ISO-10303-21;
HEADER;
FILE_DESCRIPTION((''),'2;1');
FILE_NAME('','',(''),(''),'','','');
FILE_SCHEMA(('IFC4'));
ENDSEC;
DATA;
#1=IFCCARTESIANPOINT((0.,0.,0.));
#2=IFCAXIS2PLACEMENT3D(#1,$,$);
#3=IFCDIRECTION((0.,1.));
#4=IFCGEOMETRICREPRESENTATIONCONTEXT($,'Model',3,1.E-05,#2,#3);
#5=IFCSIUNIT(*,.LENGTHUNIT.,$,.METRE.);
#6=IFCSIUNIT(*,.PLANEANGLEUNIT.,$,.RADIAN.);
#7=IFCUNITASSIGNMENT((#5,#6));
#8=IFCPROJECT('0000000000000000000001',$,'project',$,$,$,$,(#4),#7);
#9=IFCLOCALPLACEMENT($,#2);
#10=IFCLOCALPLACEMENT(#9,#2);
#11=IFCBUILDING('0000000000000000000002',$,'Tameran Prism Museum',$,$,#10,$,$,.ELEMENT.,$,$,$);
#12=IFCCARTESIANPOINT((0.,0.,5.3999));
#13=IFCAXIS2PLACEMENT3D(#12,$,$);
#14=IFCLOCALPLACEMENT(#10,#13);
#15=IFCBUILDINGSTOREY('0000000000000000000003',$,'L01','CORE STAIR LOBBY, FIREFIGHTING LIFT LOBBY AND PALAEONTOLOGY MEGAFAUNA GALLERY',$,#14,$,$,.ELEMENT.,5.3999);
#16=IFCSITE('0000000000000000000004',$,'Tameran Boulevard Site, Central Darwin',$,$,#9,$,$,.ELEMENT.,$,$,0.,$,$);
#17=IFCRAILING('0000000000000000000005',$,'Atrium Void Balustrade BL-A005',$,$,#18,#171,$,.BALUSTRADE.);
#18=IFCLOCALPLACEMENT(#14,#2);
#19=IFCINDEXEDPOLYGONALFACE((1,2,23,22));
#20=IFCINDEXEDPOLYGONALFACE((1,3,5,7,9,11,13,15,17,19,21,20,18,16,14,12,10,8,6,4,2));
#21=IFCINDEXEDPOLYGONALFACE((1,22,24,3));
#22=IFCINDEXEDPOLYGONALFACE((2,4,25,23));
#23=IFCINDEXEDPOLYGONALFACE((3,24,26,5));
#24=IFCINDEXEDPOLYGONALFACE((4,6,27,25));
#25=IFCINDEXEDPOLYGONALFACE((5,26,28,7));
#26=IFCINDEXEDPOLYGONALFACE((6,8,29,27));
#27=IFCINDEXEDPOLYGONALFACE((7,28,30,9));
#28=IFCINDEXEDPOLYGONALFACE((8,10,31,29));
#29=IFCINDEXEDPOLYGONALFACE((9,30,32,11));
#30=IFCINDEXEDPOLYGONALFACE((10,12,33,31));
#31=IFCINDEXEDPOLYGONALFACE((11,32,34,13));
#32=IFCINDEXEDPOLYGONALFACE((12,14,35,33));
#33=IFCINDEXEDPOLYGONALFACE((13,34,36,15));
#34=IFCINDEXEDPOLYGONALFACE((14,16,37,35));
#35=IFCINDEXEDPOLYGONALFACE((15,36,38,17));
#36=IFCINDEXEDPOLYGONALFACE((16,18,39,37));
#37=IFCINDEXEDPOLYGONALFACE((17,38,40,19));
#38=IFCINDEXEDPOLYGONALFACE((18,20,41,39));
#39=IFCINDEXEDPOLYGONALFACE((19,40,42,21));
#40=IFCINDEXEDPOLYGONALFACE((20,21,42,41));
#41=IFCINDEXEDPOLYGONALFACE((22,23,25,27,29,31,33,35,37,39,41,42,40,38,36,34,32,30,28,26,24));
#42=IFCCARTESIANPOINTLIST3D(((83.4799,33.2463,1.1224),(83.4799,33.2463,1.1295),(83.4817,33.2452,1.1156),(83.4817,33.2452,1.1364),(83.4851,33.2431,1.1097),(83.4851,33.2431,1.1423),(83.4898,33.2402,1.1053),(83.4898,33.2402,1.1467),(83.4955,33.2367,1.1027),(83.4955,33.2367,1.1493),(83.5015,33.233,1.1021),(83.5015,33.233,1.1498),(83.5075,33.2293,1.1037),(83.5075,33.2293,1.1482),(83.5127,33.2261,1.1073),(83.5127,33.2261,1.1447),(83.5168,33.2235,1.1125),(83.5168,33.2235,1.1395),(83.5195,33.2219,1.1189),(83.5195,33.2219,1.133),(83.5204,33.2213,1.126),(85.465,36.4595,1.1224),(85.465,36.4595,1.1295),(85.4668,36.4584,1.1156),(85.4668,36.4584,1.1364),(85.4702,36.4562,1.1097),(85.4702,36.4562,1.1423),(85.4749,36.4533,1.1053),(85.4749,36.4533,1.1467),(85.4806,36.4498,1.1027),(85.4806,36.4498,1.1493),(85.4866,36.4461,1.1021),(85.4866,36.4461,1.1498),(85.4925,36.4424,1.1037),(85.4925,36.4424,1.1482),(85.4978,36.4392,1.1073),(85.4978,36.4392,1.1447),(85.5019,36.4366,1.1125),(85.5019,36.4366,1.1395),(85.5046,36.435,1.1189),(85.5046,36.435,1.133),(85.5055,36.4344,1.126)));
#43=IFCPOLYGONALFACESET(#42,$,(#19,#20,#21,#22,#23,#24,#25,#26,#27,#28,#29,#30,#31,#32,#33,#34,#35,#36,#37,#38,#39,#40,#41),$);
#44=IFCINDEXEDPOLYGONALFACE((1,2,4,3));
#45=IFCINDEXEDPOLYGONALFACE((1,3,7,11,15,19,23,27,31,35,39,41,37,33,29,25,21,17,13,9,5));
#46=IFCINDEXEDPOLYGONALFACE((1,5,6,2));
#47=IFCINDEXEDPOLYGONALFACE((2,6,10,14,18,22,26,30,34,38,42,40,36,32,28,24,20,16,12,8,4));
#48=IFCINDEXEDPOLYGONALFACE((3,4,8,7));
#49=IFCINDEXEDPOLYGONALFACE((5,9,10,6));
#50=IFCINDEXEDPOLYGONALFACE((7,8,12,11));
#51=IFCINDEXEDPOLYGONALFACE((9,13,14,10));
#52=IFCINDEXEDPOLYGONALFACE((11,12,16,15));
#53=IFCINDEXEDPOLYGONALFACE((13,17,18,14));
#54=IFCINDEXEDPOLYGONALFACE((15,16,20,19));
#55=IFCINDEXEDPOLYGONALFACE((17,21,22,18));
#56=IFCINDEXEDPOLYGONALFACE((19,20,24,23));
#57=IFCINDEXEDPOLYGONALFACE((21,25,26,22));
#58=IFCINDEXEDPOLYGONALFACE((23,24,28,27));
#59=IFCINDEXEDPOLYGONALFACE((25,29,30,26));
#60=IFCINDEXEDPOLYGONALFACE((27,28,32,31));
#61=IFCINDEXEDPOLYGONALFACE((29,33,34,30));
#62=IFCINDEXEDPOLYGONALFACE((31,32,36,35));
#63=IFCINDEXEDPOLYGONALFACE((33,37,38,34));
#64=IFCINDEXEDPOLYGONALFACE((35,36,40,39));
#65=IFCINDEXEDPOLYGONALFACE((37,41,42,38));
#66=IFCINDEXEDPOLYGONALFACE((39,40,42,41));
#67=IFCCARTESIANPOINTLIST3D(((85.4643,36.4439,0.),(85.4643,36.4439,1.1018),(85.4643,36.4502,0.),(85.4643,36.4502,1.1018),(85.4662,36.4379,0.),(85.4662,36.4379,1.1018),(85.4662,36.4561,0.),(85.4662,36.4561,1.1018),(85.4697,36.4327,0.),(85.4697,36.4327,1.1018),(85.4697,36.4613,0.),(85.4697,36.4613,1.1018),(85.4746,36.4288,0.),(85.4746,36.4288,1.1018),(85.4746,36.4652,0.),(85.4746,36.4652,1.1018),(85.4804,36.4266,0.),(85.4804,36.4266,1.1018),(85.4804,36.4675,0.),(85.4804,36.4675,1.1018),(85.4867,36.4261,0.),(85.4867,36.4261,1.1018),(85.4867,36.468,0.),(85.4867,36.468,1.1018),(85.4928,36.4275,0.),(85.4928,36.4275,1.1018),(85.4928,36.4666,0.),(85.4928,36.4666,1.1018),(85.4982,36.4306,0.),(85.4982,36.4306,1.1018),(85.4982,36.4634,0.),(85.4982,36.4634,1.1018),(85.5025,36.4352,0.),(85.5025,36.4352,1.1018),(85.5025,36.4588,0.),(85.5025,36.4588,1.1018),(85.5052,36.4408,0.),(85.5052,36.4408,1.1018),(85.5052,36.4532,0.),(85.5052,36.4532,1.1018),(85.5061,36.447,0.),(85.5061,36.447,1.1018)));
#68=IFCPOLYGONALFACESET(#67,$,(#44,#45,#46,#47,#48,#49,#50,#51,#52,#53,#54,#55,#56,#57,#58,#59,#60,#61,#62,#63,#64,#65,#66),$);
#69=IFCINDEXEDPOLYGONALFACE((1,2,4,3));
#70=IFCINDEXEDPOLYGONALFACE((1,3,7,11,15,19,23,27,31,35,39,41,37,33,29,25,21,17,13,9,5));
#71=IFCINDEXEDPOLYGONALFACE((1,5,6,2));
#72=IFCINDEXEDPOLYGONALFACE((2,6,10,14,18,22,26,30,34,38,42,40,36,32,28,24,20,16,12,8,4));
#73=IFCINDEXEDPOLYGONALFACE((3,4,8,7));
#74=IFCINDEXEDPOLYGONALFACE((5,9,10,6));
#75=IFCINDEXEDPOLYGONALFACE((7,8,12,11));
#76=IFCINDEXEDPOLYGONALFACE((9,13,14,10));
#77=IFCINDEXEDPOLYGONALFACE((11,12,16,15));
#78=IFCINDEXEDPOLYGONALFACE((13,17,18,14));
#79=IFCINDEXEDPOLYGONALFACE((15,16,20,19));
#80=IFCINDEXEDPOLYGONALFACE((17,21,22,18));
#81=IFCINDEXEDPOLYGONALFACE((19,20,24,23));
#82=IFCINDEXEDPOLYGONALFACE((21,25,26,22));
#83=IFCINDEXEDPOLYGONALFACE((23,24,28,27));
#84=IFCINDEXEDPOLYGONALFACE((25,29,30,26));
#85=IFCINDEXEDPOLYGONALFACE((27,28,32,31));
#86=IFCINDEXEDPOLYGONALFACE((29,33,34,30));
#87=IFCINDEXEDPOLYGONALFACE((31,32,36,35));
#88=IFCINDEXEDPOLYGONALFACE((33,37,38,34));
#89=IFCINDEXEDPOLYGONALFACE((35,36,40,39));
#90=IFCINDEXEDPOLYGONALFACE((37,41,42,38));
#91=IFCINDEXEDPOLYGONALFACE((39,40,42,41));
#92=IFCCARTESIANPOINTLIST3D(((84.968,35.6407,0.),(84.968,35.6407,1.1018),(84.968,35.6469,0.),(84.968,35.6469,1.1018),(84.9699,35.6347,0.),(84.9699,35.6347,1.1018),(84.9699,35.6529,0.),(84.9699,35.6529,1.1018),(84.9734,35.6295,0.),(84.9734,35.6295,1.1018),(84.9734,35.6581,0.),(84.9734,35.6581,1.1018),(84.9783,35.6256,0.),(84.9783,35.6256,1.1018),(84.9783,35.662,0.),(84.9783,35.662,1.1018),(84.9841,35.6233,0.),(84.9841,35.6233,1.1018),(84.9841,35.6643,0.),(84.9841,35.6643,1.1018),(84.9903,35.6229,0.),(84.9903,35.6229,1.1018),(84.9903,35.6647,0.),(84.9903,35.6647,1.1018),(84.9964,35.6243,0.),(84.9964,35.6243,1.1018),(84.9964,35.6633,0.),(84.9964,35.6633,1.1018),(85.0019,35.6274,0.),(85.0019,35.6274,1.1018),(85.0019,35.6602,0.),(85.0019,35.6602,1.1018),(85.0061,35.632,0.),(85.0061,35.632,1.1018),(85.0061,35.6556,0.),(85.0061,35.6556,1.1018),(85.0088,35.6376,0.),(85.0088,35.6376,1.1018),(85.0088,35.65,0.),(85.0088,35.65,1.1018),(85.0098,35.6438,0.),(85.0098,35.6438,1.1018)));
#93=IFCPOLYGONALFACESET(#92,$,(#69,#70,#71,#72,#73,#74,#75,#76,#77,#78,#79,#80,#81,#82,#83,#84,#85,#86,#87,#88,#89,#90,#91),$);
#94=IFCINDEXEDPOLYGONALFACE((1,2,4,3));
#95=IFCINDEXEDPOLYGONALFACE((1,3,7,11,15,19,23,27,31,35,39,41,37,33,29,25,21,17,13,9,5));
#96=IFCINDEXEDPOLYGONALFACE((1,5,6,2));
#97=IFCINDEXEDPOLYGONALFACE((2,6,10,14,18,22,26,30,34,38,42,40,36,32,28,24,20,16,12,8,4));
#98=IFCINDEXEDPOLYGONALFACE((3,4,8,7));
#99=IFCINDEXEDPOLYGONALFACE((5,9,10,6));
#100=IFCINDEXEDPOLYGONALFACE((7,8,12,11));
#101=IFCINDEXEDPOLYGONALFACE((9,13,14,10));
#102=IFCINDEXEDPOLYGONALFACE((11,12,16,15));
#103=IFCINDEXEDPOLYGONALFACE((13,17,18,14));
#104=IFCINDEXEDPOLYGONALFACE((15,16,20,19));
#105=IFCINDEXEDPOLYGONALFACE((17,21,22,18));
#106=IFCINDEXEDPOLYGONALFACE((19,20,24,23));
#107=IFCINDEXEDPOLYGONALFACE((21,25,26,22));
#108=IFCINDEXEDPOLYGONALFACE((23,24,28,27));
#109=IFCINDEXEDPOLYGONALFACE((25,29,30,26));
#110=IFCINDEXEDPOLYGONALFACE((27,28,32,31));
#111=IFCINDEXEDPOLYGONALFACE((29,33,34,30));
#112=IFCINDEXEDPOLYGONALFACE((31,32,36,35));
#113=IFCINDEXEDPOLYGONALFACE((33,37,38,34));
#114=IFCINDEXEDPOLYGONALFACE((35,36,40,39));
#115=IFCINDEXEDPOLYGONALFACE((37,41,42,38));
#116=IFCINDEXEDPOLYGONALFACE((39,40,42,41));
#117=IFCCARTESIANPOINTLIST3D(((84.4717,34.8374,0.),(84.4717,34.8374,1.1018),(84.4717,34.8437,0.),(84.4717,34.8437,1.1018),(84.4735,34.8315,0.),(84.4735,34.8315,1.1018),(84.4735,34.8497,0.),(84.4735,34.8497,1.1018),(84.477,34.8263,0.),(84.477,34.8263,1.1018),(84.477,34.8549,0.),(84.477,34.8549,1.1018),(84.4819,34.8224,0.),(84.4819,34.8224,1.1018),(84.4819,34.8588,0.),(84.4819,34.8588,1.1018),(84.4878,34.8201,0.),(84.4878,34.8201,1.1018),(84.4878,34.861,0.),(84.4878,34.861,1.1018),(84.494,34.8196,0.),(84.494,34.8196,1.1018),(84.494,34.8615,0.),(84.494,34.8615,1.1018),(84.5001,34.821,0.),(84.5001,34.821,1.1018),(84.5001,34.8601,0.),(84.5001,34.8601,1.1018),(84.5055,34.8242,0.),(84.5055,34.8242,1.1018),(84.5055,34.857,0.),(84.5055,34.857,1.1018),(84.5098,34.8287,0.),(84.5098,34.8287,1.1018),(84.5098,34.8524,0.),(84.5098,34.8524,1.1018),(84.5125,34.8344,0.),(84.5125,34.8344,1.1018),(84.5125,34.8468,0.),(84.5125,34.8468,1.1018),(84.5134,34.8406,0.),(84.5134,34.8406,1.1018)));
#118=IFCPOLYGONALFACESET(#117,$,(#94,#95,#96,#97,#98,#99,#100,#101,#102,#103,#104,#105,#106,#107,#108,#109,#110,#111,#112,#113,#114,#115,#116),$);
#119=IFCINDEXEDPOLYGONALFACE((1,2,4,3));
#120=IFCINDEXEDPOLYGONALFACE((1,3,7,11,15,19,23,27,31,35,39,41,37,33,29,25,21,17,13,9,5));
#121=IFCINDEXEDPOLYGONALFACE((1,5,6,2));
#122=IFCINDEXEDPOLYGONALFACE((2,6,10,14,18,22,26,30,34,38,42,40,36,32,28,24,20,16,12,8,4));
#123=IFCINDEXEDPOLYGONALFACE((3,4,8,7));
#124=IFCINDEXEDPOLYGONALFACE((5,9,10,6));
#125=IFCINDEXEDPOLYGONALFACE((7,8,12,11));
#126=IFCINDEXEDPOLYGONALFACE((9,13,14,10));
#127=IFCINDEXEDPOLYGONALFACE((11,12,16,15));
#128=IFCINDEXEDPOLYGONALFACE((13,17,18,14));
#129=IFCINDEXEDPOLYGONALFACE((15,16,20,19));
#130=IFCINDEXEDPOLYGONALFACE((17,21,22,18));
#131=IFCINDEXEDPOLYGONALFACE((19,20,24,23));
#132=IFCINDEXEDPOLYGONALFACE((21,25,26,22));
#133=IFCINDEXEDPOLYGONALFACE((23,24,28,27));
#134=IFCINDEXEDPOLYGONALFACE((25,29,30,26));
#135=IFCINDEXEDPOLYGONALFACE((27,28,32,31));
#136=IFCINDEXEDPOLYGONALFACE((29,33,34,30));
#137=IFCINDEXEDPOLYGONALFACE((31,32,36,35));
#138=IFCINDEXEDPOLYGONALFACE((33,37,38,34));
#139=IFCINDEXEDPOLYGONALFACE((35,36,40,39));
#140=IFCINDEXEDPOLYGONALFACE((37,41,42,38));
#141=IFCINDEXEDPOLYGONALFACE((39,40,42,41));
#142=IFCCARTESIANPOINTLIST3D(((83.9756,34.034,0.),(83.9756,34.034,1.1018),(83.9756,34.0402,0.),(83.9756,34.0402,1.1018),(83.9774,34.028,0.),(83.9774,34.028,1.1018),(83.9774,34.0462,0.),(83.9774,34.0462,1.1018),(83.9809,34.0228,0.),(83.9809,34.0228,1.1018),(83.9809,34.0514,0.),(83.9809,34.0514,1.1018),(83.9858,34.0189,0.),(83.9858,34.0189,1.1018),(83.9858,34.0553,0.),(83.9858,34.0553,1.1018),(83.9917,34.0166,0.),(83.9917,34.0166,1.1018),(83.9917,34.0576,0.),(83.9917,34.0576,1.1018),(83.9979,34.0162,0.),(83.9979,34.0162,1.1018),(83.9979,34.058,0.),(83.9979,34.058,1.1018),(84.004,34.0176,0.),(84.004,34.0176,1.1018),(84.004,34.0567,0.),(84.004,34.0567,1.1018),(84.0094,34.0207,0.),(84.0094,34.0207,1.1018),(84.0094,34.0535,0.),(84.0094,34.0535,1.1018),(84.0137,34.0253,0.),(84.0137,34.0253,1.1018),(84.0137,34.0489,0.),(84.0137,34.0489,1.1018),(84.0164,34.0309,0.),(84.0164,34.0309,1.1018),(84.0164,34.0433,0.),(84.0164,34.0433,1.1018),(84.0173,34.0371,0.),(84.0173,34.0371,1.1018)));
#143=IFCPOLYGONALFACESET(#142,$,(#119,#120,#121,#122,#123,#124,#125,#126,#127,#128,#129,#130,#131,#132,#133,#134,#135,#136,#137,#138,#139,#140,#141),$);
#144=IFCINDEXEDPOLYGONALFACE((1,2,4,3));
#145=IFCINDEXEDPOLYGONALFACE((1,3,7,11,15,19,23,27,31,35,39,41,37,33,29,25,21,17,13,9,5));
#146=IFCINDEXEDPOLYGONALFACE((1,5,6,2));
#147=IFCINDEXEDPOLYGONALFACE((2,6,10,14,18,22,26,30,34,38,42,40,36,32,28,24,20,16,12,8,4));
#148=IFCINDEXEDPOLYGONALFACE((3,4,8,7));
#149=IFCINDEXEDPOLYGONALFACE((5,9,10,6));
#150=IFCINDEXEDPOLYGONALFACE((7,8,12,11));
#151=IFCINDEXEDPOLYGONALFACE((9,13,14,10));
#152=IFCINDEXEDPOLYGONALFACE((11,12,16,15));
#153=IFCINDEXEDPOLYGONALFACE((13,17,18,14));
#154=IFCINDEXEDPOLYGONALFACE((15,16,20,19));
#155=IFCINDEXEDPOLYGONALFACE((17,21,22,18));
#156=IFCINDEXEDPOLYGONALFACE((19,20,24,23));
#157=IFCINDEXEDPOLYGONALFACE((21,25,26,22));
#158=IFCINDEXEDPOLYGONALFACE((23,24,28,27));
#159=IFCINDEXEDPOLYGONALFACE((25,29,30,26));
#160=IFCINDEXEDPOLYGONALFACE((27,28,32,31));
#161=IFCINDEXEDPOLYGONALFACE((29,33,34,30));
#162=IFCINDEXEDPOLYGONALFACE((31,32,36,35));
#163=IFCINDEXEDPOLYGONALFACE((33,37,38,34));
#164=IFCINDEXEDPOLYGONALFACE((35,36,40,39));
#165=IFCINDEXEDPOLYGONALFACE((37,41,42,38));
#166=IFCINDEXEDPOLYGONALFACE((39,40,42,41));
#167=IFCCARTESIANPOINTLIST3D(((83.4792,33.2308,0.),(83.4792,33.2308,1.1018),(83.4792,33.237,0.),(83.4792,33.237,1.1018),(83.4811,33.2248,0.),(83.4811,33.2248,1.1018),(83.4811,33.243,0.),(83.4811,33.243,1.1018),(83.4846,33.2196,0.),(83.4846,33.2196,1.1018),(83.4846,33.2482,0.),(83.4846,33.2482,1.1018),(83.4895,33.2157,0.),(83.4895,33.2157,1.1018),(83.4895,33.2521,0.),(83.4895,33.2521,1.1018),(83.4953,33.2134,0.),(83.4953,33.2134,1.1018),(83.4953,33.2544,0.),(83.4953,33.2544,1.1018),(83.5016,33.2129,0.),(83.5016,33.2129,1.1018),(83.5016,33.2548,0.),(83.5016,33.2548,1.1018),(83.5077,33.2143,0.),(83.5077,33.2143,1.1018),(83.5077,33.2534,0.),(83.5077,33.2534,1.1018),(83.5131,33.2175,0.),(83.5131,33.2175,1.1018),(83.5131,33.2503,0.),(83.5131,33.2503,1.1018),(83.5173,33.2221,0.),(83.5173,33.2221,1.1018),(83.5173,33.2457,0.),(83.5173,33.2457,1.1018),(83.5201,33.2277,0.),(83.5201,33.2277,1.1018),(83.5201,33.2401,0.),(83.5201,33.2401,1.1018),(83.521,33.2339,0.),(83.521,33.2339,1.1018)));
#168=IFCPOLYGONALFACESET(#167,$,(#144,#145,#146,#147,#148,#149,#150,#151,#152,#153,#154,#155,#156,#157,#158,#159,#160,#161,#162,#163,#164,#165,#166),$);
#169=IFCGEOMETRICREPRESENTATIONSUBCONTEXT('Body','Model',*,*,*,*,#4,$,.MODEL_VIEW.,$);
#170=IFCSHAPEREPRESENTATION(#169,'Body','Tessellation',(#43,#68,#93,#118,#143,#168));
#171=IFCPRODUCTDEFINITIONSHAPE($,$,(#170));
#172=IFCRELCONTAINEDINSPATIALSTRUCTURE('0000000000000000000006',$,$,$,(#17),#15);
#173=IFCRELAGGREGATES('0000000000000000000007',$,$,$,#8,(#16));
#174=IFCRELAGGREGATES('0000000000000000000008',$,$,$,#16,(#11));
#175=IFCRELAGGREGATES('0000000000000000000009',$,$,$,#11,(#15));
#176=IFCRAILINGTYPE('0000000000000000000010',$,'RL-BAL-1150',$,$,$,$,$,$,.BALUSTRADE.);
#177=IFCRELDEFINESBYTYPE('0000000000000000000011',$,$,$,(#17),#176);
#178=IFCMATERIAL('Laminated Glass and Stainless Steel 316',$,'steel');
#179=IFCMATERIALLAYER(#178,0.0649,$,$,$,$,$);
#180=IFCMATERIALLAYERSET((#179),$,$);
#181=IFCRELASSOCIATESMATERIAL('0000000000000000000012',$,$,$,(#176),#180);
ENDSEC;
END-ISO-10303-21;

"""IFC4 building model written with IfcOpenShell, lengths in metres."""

from ifc_helpers import new_model, si_unit, direction, frame, origin, origin_2d, place, context, subcontext, project, spatial, circle, extrude, material, layer, layer_set, type_object, element, save


model = new_model("IFC4")

# Units and contexts
model_context = context("Model", 3, precision=1e-05, world=origin(), true_north=direction((0.0, 1.0)))
body_context = subcontext(model_context, "Body", "Model", "MODEL_VIEW")
ifc_project = project(units=[si_unit("LENGTHUNIT", "METRE"), si_unit("PLANEANGLEUNIT", "RADIAN")], contexts=[model_context])

# Site, building, storey
site_placement = place(None, origin())
site = spatial("IfcSite", under=ifc_project, at=site_placement, Name="Tameran Boulevard Site, Central Darwin", CompositionType="ELEMENT", RefElevation=0.0)
building_placement = place(site_placement, origin())
building = spatial("IfcBuilding", under=site, at=building_placement, Name="Tameran Prism Museum", CompositionType="ELEMENT")
storey_placement = place(building_placement, frame((0.0, 0.0, 5.3999)))
storey = spatial("IfcBuildingStorey", under=building, at=storey_placement, Name="L01", Description="CORE STAIR LOBBY, FIREFIGHTING LIFT LOBBY AND PALAEONTOLOGY MEGAFAUNA GALLERY", CompositionType="ELEMENT", Elevation=5.3999)

# Railing
ifc_material_1 = material(Name="Laminated Glass and Stainless Steel 316", Category="steel")
ifc_layer_1 = layer(ifc_material_1, 0.0649)
ifc_layer_set_1 = layer_set([ifc_layer_1])
railing_type = type_object("IfcRailingType", Name="RL-BAL-1150", PredefinedType="BALUSTRADE", material=ifc_layer_set_1)
railing_placement = place(storey_placement, frame((85.4851, 36.447, 0.0)))
element("IfcRailing", 1, at=railing_placement, inside=storey, type_object=railing_type, Name="Atrium Void Balustrade BL-A005", PredefinedType="BALUSTRADE", context=body_context, shape_type="SweptSolid", body=[
    extrude(circle(Radius=0.0239, at=origin_2d()), frame((0.0, 0.0, 1.126), z_axis=(-0.525593, -0.850736, 0.0), x_axis=(0.850736, -0.525593, 0.0)), (0.0, 0.0, 1.0), 3.7769),
    extrude(circle(Radius=0.021, at=origin_2d()), origin(), (0.0, 0.0, 1.0), 1.1018),
    extrude(circle(Radius=0.021, at=origin_2d()), frame((-0.4963, -0.8032, 0.0)), (0.0, 0.0, 1.0), 1.1018),
    extrude(circle(Radius=0.021, at=origin_2d()), frame((-0.9927, -1.6064, 0.0)), (0.0, 0.0, 1.0), 1.1018),
    extrude(circle(Radius=0.021, at=origin_2d()), frame((-1.4888, -2.4099, 0.0)), (0.0, 0.0, 1.0), 1.1018),
    extrude(circle(Radius=0.021, at=origin_2d()), frame((-1.9851, -3.2131, 0.0)), (0.0, 0.0, 1.0), 1.1018),
])

save(model, "model.ifc")
